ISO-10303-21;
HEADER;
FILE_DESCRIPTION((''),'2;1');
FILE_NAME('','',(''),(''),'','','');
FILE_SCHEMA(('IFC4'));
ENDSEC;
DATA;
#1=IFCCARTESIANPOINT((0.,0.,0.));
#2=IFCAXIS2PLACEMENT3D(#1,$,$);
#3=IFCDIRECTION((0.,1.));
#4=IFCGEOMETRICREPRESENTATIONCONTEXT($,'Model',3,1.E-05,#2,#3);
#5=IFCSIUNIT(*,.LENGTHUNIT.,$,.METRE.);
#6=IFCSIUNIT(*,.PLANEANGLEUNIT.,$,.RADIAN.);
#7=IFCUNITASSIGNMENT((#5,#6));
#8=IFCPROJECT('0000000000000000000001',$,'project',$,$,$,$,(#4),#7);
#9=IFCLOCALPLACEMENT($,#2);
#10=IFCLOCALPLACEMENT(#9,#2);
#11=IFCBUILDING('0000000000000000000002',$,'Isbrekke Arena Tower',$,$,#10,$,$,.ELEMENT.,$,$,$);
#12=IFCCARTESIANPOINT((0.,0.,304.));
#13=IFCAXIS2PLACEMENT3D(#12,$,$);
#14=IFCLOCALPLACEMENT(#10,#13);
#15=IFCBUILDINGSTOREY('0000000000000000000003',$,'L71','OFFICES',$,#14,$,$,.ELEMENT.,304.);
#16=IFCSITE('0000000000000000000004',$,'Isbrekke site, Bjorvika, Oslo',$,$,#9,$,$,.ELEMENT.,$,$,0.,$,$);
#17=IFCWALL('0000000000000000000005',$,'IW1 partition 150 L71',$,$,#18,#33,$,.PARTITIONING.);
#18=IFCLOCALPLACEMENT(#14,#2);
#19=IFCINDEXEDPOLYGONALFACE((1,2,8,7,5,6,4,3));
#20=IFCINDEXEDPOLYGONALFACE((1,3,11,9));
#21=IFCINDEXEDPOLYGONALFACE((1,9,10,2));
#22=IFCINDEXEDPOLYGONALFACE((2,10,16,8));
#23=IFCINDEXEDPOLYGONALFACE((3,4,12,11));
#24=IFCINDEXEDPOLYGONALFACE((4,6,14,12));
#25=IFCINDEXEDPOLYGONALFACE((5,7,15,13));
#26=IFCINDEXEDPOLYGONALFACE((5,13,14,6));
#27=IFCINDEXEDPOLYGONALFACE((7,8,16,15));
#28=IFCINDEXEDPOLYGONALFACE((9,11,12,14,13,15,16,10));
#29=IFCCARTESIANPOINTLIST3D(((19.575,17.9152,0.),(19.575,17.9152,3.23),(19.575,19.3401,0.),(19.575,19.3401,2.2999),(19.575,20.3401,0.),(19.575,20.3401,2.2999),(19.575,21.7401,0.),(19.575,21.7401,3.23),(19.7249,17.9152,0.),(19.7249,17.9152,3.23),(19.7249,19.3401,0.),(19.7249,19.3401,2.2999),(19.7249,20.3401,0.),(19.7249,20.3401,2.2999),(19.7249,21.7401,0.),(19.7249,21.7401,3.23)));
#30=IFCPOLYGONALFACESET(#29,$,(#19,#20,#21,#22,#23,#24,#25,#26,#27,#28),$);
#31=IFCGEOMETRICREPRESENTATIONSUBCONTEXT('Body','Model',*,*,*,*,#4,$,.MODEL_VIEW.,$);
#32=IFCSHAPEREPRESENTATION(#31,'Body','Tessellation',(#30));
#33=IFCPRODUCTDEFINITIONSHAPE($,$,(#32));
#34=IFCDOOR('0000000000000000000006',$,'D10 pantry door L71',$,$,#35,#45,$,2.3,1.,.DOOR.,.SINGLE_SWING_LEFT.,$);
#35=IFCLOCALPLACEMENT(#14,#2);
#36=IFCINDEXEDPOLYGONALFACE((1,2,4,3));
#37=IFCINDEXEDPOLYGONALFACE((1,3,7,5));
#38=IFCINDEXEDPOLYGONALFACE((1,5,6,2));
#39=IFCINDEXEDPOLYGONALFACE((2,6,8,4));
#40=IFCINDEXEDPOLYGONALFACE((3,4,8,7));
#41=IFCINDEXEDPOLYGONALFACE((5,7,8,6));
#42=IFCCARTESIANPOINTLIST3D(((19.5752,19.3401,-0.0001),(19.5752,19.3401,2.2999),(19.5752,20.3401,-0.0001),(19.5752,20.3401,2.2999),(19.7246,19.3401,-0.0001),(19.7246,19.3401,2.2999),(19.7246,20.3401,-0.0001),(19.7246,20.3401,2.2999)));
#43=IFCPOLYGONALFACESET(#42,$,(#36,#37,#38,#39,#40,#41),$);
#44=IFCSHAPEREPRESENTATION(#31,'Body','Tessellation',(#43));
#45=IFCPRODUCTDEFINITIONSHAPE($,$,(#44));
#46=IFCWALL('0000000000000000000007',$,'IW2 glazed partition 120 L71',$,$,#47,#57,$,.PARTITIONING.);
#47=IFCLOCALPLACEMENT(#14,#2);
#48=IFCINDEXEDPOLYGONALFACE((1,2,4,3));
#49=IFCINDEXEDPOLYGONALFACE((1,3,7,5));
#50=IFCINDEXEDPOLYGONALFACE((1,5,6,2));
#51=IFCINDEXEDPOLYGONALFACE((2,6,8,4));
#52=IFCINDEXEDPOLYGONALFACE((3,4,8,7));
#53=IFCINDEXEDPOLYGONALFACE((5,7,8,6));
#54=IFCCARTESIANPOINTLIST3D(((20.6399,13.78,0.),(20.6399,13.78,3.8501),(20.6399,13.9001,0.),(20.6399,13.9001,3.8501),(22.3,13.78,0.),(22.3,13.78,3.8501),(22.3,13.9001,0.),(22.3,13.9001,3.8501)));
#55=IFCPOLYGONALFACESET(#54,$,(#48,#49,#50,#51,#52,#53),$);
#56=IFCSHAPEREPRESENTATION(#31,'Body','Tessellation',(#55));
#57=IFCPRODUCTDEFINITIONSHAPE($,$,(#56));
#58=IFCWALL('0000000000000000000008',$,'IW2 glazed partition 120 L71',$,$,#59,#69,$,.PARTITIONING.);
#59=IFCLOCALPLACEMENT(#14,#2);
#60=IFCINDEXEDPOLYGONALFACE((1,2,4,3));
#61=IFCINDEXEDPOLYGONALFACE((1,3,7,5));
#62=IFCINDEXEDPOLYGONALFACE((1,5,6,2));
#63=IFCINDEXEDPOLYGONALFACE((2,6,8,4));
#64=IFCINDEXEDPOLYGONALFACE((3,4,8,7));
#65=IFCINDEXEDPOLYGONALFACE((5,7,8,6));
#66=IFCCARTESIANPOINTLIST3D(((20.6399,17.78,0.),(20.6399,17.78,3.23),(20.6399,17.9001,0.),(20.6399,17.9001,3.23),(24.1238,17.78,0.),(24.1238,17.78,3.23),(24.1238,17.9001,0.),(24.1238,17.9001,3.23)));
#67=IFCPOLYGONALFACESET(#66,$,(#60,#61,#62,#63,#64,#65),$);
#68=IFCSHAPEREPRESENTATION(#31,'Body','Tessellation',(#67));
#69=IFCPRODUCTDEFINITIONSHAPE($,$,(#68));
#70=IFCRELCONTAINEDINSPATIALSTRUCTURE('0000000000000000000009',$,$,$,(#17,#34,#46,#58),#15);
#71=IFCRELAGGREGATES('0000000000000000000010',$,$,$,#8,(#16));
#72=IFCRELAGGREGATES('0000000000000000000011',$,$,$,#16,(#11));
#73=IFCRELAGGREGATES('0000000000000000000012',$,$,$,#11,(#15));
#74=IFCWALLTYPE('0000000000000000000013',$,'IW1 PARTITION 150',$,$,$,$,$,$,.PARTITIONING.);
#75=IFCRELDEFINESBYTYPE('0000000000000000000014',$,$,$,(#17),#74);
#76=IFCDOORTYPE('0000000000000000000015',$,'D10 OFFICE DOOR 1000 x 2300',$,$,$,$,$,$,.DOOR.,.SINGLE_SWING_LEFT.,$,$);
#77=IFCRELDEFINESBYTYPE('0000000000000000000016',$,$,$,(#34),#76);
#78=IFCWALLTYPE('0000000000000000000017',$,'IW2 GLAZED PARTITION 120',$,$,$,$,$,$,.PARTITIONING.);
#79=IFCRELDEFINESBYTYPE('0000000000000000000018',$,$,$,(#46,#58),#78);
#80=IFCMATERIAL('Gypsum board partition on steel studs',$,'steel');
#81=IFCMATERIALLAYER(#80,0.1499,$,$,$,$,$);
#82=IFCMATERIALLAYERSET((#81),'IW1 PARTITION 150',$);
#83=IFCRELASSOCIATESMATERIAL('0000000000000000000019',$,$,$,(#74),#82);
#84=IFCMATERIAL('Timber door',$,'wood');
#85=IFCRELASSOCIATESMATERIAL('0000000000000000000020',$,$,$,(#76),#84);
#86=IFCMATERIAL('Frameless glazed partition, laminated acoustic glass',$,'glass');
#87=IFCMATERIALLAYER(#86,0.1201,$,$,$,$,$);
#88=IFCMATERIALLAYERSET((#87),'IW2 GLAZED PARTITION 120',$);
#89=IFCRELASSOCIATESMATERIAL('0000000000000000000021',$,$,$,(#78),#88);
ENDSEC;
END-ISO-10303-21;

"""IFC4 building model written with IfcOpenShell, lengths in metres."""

from ifc_helpers import new_model, si_unit, direction, frame, frame_2d, origin, place, context, subcontext, project, spatial, rectangle, extrude, material, layer, layer_set, type_object, element, fill, save


model = new_model("IFC4")

# Units and contexts
model_context = context("Model", 3, precision=1e-05, world=origin(), true_north=direction((0.0, 1.0)))
body_context = subcontext(model_context, "Body", "Model", "MODEL_VIEW")
ifc_project = project(units=[si_unit("LENGTHUNIT", "METRE"), si_unit("PLANEANGLEUNIT", "RADIAN")], contexts=[model_context])

# Site, building, storey
site_placement = place(None, origin())
site = spatial("IfcSite", under=ifc_project, at=site_placement, Name="Isbrekke site, Bjorvika, Oslo", CompositionType="ELEMENT", RefElevation=0.0)
building_placement = place(site_placement, origin())
building = spatial("IfcBuilding", under=site, at=building_placement, Name="Isbrekke Arena Tower", CompositionType="ELEMENT")
storey_placement = place(building_placement, frame((0.0, 0.0, 304.0)))
storey = spatial("IfcBuildingStorey", under=building, at=storey_placement, Name="L71", Description="OFFICES", CompositionType="ELEMENT", Elevation=304.0)

# Shared definitions
ifc_material_1 = material(Name="Gypsum board partition on steel studs", Category="steel")
ifc_layer_1 = layer(ifc_material_1, 0.1499)
ifc_layer_set_1 = layer_set([ifc_layer_1], Name="IW1 PARTITION 150")
wall_type_1 = type_object("IfcWallType", Name="IW1 PARTITION 150", PredefinedType="PARTITIONING", material=ifc_layer_set_1)

# Wall, opening, door
wall_1_placement = place(storey_placement, frame((19.6499, 17.915, 0.0), z_axis=(0.0, 0.0, 1.0), x_axis=(0.0, 1.0, 0.0)))
wall_1 = element("IfcWall", 1, at=wall_1_placement, inside=storey, type_object=wall_type_1, Name="IW1 partition 150 L71", PredefinedType="PARTITIONING", context=body_context, shape_type="SweptSolid", body=[
    extrude(rectangle(XDim=3.825, YDim=0.1499, at=frame_2d((1.9126, 0.0))), origin(), (0.0, 0.0, 1.0), 3.23),
])
opening_1_placement = place(wall_1_placement, frame((1.425, 0.0, 0.0)))
opening_1 = element("IfcOpeningElement", 2, at=opening_1_placement, cuts=wall_1, PredefinedType="OPENING", context=body_context, shape_type="SweptSolid", body=[
    extrude(rectangle(XDim=1.0, YDim=2.3, at=frame_2d((0.5, 1.1499))), frame((0.0, 0.0898, 0.0), z_axis=(0.0, -1.0, 0.0), x_axis=(1.0, 0.0, 0.0)), (0.0, 0.0, 1.0), 0.1797),
])
ifc_material_2 = material(Name="Timber door", Category="wood")
door_type_1 = type_object("IfcDoorType", Name="D10 OFFICE DOOR 1000 x 2300", OperationType="SINGLE_SWING_LEFT", PredefinedType="DOOR", material=ifc_material_2)
door_1_placement = place(opening_1_placement, origin())
door_1 = element("IfcDoor", 3, at=door_1_placement, inside=storey, type_object=door_type_1, Name="D10 pantry door L71", OperationType="SINGLE_SWING_LEFT", OverallHeight=2.3, OverallWidth=1.0, PredefinedType="DOOR", context=body_context, shape_type="SweptSolid", body=[
    extrude(rectangle(XDim=1.0, YDim=2.3, at=frame_2d((0.5, 1.1499))), frame((0.0, 0.0747, 0.0), z_axis=(0.0, -1.0, 0.0), x_axis=(1.0, 0.0, 0.0)), (0.0, 0.0, 1.0), 0.1494),
])
fill(opening_1, door_1)

# Walls
ifc_material_3 = material(Name="Frameless glazed partition, laminated acoustic glass", Category="glass")
ifc_layer_2 = layer(ifc_material_3, 0.1201)
ifc_layer_set_2 = layer_set([ifc_layer_2], Name="IW2 GLAZED PARTITION 120")
wall_type_2 = type_object("IfcWallType", Name="IW2 GLAZED PARTITION 120", PredefinedType="PARTITIONING", material=ifc_layer_set_2)
wall_2_placement = place(storey_placement, frame((20.6399, 13.8401, 0.0), z_axis=(0.0, 0.0, 1.0), x_axis=(1.0, 0.0, 0.0)))
element("IfcWall", 4, at=wall_2_placement, inside=storey, type_object=wall_type_2, Name="IW2 glazed partition 120 L71", PredefinedType="PARTITIONING", context=body_context, shape_type="SweptSolid", body=[
    extrude(rectangle(XDim=1.6602, YDim=0.1201, at=frame_2d((0.8301, 0.0))), origin(), (0.0, 0.0, 1.0), 3.8501),
])
wall_3_placement = place(storey_placement, frame((20.6399, 17.8401, 0.0), z_axis=(0.0, 0.0, 1.0), x_axis=(1.0, 0.0, 0.0)))
element("IfcWall", 5, at=wall_3_placement, inside=storey, type_object=wall_type_2, Name="IW2 glazed partition 120 L71", PredefinedType="PARTITIONING", context=body_context, shape_type="SweptSolid", body=[
    extrude(rectangle(XDim=3.4839, YDim=0.1201, at=frame_2d((1.7419, 0.0))), origin(), (0.0, 0.0, 1.0), 3.23),
])

save(model, "model.ifc")
